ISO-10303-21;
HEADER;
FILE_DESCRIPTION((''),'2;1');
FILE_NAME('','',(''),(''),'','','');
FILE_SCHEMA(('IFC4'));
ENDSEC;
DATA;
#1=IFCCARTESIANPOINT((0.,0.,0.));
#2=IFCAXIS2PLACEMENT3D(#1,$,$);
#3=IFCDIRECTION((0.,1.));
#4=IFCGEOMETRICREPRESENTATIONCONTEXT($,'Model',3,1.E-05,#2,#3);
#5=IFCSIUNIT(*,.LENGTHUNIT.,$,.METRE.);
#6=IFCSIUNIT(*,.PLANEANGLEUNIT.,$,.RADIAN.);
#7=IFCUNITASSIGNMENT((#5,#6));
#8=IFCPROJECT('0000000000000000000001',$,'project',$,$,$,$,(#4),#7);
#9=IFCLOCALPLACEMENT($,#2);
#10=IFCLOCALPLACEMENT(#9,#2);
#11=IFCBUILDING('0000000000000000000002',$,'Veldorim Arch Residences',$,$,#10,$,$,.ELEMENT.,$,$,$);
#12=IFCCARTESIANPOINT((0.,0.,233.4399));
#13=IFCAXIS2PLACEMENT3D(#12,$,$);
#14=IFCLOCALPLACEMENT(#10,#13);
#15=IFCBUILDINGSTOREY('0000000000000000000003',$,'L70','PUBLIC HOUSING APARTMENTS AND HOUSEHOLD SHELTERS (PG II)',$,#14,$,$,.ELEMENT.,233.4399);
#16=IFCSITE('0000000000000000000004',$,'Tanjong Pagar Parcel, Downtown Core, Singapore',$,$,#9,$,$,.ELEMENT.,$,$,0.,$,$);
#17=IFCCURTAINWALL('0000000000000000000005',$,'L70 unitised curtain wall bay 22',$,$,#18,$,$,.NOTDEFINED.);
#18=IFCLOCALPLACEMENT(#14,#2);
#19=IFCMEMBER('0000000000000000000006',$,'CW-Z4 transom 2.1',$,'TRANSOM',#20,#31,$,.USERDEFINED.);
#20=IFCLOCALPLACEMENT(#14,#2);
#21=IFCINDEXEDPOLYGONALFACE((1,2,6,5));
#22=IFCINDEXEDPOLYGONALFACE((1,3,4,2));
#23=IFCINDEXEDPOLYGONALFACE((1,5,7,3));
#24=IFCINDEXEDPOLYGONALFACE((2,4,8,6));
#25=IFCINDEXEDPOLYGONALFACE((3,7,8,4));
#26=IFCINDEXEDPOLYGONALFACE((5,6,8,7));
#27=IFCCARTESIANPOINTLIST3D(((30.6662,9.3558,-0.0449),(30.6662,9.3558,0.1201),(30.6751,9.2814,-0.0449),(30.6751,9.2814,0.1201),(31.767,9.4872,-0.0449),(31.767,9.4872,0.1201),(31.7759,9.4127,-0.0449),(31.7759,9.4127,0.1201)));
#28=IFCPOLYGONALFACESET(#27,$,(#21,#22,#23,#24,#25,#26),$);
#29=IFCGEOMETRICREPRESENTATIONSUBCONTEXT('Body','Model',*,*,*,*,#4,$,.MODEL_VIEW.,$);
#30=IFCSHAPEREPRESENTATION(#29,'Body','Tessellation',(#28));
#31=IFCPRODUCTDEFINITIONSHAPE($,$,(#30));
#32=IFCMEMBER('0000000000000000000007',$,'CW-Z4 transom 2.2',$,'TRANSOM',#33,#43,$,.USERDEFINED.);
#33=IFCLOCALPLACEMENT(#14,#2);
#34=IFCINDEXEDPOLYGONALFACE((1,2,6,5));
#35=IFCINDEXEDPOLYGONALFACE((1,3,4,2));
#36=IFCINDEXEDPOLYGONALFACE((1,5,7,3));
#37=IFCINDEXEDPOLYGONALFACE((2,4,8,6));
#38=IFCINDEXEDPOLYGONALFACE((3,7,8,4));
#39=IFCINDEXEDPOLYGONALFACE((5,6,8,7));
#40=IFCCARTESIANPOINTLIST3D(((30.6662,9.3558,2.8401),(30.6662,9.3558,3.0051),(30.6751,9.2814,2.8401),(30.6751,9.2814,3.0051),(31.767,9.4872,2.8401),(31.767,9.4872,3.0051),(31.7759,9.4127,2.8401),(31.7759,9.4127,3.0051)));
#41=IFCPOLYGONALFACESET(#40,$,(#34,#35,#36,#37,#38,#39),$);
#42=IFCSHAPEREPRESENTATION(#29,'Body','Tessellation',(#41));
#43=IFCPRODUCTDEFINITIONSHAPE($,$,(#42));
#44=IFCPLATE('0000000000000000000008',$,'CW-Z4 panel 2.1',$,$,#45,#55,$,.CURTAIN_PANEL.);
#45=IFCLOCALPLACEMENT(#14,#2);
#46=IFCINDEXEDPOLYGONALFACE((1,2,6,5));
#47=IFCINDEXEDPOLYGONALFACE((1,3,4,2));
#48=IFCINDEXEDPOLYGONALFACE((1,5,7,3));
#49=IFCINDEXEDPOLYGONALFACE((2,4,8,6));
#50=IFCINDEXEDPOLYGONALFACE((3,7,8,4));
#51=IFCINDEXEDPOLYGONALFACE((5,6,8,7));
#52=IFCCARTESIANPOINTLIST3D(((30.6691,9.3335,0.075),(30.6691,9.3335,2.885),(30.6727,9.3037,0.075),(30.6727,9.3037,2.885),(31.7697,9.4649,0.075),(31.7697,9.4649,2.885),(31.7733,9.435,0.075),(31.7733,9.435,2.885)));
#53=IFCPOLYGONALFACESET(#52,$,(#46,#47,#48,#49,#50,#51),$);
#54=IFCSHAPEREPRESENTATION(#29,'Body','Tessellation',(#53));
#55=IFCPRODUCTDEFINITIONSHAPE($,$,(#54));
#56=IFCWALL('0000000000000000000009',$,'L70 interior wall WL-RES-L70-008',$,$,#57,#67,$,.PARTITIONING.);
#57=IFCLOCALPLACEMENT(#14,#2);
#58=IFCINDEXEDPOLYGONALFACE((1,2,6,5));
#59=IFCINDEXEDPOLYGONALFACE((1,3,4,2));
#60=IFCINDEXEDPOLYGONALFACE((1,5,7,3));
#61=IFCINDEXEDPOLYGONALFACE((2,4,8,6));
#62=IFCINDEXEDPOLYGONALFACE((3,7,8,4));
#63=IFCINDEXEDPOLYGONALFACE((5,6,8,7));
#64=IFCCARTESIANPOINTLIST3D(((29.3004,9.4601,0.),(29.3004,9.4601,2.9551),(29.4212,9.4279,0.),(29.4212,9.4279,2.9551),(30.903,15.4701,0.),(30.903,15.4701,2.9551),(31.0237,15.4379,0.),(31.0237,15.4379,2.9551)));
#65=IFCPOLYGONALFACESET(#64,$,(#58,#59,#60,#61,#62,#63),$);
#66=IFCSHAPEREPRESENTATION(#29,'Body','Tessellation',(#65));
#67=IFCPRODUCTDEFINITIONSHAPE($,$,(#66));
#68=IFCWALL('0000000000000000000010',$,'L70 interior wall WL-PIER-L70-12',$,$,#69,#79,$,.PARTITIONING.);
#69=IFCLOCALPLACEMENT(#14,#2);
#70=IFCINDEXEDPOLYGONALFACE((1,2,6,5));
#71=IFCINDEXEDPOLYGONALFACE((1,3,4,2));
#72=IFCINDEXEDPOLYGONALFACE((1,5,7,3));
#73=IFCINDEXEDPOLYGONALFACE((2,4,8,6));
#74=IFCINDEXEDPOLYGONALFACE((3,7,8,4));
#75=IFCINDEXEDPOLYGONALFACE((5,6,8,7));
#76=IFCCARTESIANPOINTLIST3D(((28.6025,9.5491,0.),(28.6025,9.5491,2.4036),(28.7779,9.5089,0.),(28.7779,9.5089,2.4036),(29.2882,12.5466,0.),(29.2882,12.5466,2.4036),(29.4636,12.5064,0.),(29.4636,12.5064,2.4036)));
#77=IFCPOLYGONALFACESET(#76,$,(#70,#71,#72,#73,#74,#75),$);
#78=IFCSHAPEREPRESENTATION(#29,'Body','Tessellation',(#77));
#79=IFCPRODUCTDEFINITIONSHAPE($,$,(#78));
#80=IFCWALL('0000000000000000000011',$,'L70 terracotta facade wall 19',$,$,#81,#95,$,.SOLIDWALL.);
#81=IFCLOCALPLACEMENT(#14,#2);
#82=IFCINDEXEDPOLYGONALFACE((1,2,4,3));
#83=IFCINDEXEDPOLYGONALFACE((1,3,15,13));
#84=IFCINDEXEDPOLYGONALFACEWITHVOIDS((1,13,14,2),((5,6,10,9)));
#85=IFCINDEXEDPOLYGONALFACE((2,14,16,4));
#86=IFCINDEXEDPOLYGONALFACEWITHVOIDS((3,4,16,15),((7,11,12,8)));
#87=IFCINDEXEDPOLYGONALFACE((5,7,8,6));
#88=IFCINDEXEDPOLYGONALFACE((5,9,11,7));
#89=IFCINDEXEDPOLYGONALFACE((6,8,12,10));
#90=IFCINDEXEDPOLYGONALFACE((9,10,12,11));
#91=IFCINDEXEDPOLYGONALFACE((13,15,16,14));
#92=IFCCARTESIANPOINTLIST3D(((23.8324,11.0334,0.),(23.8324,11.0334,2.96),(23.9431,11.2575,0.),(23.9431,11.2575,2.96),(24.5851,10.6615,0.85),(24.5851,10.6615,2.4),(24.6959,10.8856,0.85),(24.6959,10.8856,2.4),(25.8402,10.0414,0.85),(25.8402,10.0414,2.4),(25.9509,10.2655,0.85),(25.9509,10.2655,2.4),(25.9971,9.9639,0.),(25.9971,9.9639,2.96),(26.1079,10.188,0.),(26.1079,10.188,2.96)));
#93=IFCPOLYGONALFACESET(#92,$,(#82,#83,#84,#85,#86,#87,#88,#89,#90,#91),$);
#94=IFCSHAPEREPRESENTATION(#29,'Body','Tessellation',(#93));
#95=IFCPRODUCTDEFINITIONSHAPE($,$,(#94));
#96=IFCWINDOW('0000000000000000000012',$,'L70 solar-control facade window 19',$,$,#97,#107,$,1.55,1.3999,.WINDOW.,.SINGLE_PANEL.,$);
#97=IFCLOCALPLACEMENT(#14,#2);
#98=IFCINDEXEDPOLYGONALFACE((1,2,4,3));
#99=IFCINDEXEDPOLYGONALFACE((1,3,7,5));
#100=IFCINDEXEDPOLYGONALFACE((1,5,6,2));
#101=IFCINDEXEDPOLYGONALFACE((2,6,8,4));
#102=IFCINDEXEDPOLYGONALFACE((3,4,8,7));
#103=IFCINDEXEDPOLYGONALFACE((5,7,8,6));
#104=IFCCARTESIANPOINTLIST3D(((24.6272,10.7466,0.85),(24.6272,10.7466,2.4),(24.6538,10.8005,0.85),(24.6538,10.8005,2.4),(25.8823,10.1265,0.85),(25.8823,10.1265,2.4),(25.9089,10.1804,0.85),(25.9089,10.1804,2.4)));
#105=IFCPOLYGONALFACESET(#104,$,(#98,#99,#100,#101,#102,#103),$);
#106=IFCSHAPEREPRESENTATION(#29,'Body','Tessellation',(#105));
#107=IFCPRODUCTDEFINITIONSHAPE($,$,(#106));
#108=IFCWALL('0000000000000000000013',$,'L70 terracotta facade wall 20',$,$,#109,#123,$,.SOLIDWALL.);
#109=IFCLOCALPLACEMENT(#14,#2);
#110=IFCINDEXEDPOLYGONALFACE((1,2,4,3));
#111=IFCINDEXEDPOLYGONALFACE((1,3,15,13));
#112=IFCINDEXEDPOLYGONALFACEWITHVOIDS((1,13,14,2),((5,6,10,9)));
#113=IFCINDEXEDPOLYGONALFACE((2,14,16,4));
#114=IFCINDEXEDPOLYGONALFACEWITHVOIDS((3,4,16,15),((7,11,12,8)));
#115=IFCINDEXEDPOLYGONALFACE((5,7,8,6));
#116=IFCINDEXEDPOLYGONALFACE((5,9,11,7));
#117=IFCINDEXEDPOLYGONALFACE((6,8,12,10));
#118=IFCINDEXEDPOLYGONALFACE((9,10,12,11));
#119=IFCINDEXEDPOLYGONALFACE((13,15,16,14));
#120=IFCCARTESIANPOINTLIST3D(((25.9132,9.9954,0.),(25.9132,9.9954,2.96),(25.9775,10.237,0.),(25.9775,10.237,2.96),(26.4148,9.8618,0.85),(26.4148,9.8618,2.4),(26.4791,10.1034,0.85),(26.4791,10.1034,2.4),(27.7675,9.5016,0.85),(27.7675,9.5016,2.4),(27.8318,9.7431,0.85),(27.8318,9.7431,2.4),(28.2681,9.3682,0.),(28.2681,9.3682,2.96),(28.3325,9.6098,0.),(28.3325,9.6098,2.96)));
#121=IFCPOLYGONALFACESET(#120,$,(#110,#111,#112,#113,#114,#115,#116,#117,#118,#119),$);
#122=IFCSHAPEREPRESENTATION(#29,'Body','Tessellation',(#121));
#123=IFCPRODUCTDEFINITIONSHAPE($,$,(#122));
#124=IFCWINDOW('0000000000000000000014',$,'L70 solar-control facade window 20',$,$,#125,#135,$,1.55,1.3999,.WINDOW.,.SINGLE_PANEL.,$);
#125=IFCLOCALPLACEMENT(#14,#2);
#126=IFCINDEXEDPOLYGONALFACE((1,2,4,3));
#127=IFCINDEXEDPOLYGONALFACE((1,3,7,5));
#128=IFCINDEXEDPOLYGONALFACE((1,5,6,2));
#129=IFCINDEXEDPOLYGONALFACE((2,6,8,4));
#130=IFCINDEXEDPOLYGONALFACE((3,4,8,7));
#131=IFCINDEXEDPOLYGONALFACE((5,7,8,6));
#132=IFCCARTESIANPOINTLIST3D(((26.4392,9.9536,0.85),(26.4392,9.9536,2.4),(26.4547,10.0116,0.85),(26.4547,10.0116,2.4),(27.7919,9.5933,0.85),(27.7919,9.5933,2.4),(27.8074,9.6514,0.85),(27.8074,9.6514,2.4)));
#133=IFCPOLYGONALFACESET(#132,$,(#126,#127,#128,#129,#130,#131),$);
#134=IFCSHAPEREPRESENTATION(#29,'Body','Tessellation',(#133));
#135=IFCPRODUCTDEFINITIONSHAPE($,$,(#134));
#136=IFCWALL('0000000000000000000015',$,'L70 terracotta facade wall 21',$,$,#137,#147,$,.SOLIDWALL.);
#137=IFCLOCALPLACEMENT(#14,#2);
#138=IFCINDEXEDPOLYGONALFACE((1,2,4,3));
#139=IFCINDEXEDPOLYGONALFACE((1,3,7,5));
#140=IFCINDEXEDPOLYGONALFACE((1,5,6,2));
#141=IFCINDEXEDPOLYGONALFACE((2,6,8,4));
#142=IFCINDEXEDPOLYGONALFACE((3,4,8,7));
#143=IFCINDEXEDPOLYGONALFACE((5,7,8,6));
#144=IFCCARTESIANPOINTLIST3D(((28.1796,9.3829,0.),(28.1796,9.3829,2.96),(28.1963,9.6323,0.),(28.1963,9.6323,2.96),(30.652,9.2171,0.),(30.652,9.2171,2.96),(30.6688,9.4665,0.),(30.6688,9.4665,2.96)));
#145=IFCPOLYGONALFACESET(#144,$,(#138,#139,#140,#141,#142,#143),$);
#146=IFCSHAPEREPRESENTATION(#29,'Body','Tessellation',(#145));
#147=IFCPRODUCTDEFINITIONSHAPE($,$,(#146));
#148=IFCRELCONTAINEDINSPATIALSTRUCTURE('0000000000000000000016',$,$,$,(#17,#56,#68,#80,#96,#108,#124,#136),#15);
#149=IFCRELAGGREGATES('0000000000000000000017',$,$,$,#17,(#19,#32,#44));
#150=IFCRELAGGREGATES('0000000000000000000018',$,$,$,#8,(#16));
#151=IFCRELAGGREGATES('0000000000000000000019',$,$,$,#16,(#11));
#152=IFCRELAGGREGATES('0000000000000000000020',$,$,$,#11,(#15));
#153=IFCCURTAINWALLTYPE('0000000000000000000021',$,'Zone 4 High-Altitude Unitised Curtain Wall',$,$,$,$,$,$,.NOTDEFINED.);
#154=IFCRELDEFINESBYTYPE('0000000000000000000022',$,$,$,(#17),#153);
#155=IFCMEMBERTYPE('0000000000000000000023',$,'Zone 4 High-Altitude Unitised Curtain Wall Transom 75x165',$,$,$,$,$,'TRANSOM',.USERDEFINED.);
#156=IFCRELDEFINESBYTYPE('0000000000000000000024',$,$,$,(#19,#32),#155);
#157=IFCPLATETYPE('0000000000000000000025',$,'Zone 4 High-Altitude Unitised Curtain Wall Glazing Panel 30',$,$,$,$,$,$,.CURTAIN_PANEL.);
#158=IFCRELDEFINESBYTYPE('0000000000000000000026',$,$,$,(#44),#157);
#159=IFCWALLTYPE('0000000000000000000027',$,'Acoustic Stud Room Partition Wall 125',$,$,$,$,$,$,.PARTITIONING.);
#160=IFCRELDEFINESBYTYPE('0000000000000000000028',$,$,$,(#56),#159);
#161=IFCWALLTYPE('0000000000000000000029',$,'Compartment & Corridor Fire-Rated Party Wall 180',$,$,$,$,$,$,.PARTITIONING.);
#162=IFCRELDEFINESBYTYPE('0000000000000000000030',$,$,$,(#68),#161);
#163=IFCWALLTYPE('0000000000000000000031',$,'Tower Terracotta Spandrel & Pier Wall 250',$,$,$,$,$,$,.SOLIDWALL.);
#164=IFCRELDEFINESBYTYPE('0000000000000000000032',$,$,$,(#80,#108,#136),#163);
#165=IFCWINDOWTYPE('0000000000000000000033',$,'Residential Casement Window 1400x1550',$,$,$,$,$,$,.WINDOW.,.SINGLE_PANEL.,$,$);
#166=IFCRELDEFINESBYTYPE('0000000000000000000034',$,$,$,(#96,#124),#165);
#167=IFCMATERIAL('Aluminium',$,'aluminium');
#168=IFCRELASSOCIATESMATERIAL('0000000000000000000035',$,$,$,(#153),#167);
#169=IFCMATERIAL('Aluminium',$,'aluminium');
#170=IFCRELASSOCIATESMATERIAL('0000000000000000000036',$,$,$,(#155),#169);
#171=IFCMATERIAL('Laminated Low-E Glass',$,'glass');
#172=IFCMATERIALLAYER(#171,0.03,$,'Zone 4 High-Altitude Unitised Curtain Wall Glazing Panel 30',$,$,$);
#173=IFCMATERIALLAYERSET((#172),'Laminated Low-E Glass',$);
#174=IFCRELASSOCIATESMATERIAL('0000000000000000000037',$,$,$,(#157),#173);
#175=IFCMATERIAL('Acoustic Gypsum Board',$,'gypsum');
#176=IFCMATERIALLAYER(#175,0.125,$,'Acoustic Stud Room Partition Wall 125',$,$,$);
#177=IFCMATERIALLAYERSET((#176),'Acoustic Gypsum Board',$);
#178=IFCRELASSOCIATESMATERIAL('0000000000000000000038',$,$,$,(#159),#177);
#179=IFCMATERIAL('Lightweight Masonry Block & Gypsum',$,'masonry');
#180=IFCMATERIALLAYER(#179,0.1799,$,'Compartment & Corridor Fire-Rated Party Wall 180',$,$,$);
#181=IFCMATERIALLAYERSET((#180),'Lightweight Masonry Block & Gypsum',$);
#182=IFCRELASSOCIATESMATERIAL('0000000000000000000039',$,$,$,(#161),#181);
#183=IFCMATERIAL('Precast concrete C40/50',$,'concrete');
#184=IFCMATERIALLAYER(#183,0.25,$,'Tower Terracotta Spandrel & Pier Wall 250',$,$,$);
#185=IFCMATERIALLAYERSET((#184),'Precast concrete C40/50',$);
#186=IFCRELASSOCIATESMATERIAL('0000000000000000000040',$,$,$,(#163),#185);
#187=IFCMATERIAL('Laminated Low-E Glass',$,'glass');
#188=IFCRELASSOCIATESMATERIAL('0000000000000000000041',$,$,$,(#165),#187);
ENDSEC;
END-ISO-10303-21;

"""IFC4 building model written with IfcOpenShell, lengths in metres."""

from ifc_helpers import new_model, si_unit, direction, frame, frame_2d, origin, origin_2d, place, context, subcontext, project, spatial, rectangle, extrude, material, layer, layer_set, material_profile, profile_set, type_object, element, fill, aggregate, save


model = new_model("IFC4")

# Units and contexts
model_context = context("Model", 3, precision=1e-05, world=origin(), true_north=direction((0.0, 1.0)))
body_context = subcontext(model_context, "Body", "Model", "MODEL_VIEW")
ifc_project = project(units=[si_unit("LENGTHUNIT", "METRE"), si_unit("PLANEANGLEUNIT", "RADIAN")], contexts=[model_context])

# Site, building, storey
site_placement = place(None, origin())
site = spatial("IfcSite", under=ifc_project, at=site_placement, Name="Tanjong Pagar Parcel, Downtown Core, Singapore", CompositionType="ELEMENT", RefElevation=0.0)
building_placement = place(site_placement, origin())
building = spatial("IfcBuilding", under=site, at=building_placement, Name="Veldorim Arch Residences", CompositionType="ELEMENT")
storey_placement = place(building_placement, frame((0.0, 0.0, 233.4399)))
storey = spatial("IfcBuildingStorey", under=building, at=storey_placement, Name="L70", Description="PUBLIC HOUSING APARTMENTS AND HOUSEHOLD SHELTERS (PG II)", CompositionType="ELEMENT", Elevation=233.4399)

# Curtain wall, members, plate
ifc_material_1 = material(Name="Aluminium", Category="aluminium")
curtain_wall_type = type_object("IfcCurtainWallType", Name="Zone 4 High-Altitude Unitised Curtain Wall", PredefinedType="NOTDEFINED", material=ifc_material_1)
curtain_wall_placement = place(storey_placement, origin())
curtain_wall = element("IfcCurtainWall", 1, at=curtain_wall_placement, inside=storey, type_object=curtain_wall_type, Name="L70 unitised curtain wall bay 22", PredefinedType="NOTDEFINED")
ifc_material_2 = material(Name="Aluminium", Category="aluminium")
ifc_material_profile_1 = material_profile(ifc_material_2, rectangle(XDim=0.075, YDim=0.165, at=origin_2d()), Name="ALU_TRN_75x165")
ifc_profile_set_1 = profile_set([ifc_material_profile_1], Name="Aluminium")
member_type_1 = type_object("IfcMemberType", Name="Zone 4 High-Altitude Unitised Curtain Wall Transom 75x165", ElementType="TRANSOM", PredefinedType="USERDEFINED", material=ifc_profile_set_1)
member_1_placement = place(storey_placement, frame((31.7715, 9.45, 0.0376), z_axis=(-0.992957, -0.118477, 0.0), x_axis=(0.118477, -0.992957, 0.0)))
member_1 = element("IfcMember", 2, at=member_1_placement, type_object=member_type_1, Name="CW-Z4 transom 2.1", ObjectType="TRANSOM", PredefinedType="USERDEFINED", context=body_context, shape_type="SweptSolid", body=[
    extrude(rectangle(XDim=0.075, YDim=0.165, at=origin_2d()), origin(), (0.0, 0.0, 1.0), 1.1086),
])
member_2_placement = place(storey_placement, frame((31.7715, 9.45, 2.9226), z_axis=(-0.992957, -0.118477, 0.0), x_axis=(0.118477, -0.992957, 0.0)))
member_2 = element("IfcMember", 3, at=member_2_placement, type_object=member_type_1, Name="CW-Z4 transom 2.2", ObjectType="TRANSOM", PredefinedType="USERDEFINED", context=body_context, shape_type="SweptSolid", body=[
    extrude(rectangle(XDim=0.075, YDim=0.165, at=origin_2d()), origin(), (0.0, 0.0, 1.0), 1.1086),
])
ifc_material_3 = material(Name="Laminated Low-E Glass", Category="glass")
ifc_layer_1 = layer(ifc_material_3, 0.03, Name="Zone 4 High-Altitude Unitised Curtain Wall Glazing Panel 30")
ifc_layer_set_1 = layer_set([ifc_layer_1], Name="Laminated Low-E Glass")
plate_type = type_object("IfcPlateType", Name="Zone 4 High-Altitude Unitised Curtain Wall Glazing Panel 30", PredefinedType="CURTAIN_PANEL", material=ifc_layer_set_1)
plate_placement = place(storey_placement, frame((31.2212, 9.3843, 0.075), z_axis=(0.0, 0.0, 1.0), x_axis=(-0.992953, -0.118509, 0.0)))
plate = element("IfcPlate", 4, at=plate_placement, type_object=plate_type, Name="CW-Z4 panel 2.1", PredefinedType="CURTAIN_PANEL", context=body_context, shape_type="SweptSolid", body=[
    extrude(rectangle(XDim=1.1084, YDim=0.03, at=origin_2d()), origin(), (0.0, 0.0, 1.0), 2.8101),
])
aggregate(curtain_wall, [member_1, member_2, plate])

# Walls
ifc_material_4 = material(Name="Acoustic Gypsum Board", Category="gypsum")
ifc_layer_2 = layer(ifc_material_4, 0.125, Name="Acoustic Stud Room Partition Wall 125")
ifc_layer_set_2 = layer_set([ifc_layer_2], Name="Acoustic Gypsum Board")
wall_type_1 = type_object("IfcWallType", Name="Acoustic Stud Room Partition Wall 125", PredefinedType="PARTITIONING", material=ifc_layer_set_2)
wall_1_placement = place(storey_placement, frame((29.3608, 9.4441, 0.0), z_axis=(0.0, 0.0, 1.0), x_axis=(0.257643, 0.96624, 0.0)))
element("IfcWall", 5, at=wall_1_placement, inside=storey, type_object=wall_type_1, Name="L70 interior wall WL-RES-L70-008", PredefinedType="PARTITIONING", context=body_context, shape_type="SweptSolid", body=[
    extrude(rectangle(XDim=6.22, YDim=0.125, at=frame_2d((3.1099, 0.0))), origin(), (0.0, 0.0, 1.0), 2.9551),
])
ifc_material_5 = material(Name="Lightweight Masonry Block & Gypsum", Category="masonry")
ifc_layer_3 = layer(ifc_material_5, 0.1799, Name="Compartment & Corridor Fire-Rated Party Wall 180")
ifc_layer_set_3 = layer_set([ifc_layer_3], Name="Lightweight Masonry Block & Gypsum")
wall_type_2 = type_object("IfcWallType", Name="Compartment & Corridor Fire-Rated Party Wall 180", PredefinedType="PARTITIONING", material=ifc_layer_set_3)
wall_2_placement = place(storey_placement, frame((29.376, 12.5266, 0.0), z_axis=(0.0, 0.0, 1.0), x_axis=(-0.223021, -0.974814, 0.0)))
element("IfcWall", 6, at=wall_2_placement, inside=storey, type_object=wall_type_2, Name="L70 interior wall WL-PIER-L70-12", PredefinedType="PARTITIONING", context=body_context, shape_type="SweptSolid", body=[
    extrude(rectangle(XDim=3.075, YDim=0.1799, at=frame_2d((1.5376, 0.0))), origin(), (0.0, 0.0, 1.0), 2.4036),
])

# Walls, openings, windows
ifc_material_6 = material(Name="Precast concrete C40/50", Category="concrete")
ifc_layer_4 = layer(ifc_material_6, 0.25, Name="Tower Terracotta Spandrel & Pier Wall 250")
ifc_layer_set_4 = layer_set([ifc_layer_4], Name="Precast concrete C40/50")
wall_type_3 = type_object("IfcWallType", Name="Tower Terracotta Spandrel & Pier Wall 250", PredefinedType="SOLIDWALL", material=ifc_layer_set_4)
wall_3_placement = place(storey_placement, frame((26.0525, 10.0759, 0.0), z_axis=(0.0, 0.0, 1.0), x_axis=(-0.89654, 0.442962, 0.0)))
wall_3 = element("IfcWall", 7, at=wall_3_placement, inside=storey, type_object=wall_type_3, Name="L70 terracotta facade wall 19", PredefinedType="SOLIDWALL", context=body_context, shape_type="SweptSolid", body=[
    extrude(rectangle(XDim=2.4146, YDim=0.25, at=frame_2d((1.2073, 0.0))), origin(), (0.0, 0.0, 1.0), 2.96),
])
opening_1_placement = place(wall_3_placement, frame((0.175, 0.0, 0.8501)))
opening_1 = element("IfcOpeningElement", 8, at=opening_1_placement, cuts=wall_3, PredefinedType="OPENING", context=body_context, shape_type="SweptSolid", body=[
    extrude(rectangle(XDim=1.3999, YDim=1.55, at=frame_2d((0.7, 0.7749))), frame((0.0, 0.135, 0.0), z_axis=(0.0, -1.0, 0.0), x_axis=(1.0, 0.0, 0.0)), (0.0, 0.0, 1.0), 0.27),
])
ifc_material_7 = material(Name="Laminated Low-E Glass", Category="glass")
window_type = type_object("IfcWindowType", Name="Residential Casement Window 1400x1550", PartitioningType="SINGLE_PANEL", PredefinedType="WINDOW", material=ifc_material_7)
window_1_placement = place(opening_1_placement, origin())
window_1 = element("IfcWindow", 9, at=window_1_placement, inside=storey, type_object=window_type, Name="L70 solar-control facade window 19", OverallHeight=1.55, OverallWidth=1.3999, PartitioningType="SINGLE_PANEL", PredefinedType="WINDOW", context=body_context, shape_type="SweptSolid", body=[
    extrude(rectangle(XDim=1.3999, YDim=1.55, at=frame_2d((0.7, 0.7749))), frame((0.0, 0.03, 0.0), z_axis=(0.0, -1.0, 0.0), x_axis=(1.0, 0.0, 0.0)), (0.0, 0.0, 1.0), 0.0601),
])
fill(opening_1, window_1)
wall_4_placement = place(storey_placement, frame((28.3003, 9.489, 0.0), z_axis=(0.0, 0.0, 1.0), x_axis=(-0.966316, 0.257357, 0.0)))
wall_4 = element("IfcWall", 10, at=wall_4_placement, inside=storey, type_object=wall_type_3, Name="L70 terracotta facade wall 20", PredefinedType="SOLIDWALL", context=body_context, shape_type="SweptSolid", body=[
    extrude(rectangle(XDim=2.437, YDim=0.25, at=frame_2d((1.2185, 0.0))), origin(), (0.0, 0.0, 1.0), 2.96),
])
opening_2_placement = place(wall_4_placement, frame((0.5181, 0.0, 0.8501)))
opening_2 = element("IfcOpeningElement", 11, at=opening_2_placement, cuts=wall_4, PredefinedType="OPENING", context=body_context, shape_type="SweptSolid", body=[
    extrude(rectangle(XDim=1.3999, YDim=1.55, at=frame_2d((0.7, 0.7749))), frame((0.0, 0.135, 0.0), z_axis=(0.0, -1.0, 0.0), x_axis=(1.0, 0.0, 0.0)), (0.0, 0.0, 1.0), 0.27),
])
window_2_placement = place(opening_2_placement, origin())
window_2 = element("IfcWindow", 12, at=window_2_placement, inside=storey, type_object=window_type, Name="L70 solar-control facade window 20", OverallHeight=1.55, OverallWidth=1.3999, PartitioningType="SINGLE_PANEL", PredefinedType="WINDOW", context=body_context, shape_type="SweptSolid", body=[
    extrude(rectangle(XDim=1.3999, YDim=1.55, at=frame_2d((0.7, 0.7749))), frame((0.0, 0.03, 0.0), z_axis=(0.0, -1.0, 0.0), x_axis=(1.0, 0.0, 0.0)), (0.0, 0.0, 1.0), 0.0601),
])
fill(opening_2, window_2)

# Wall
wall_5_placement = place(storey_placement, frame((30.6604, 9.3418, 0.0), z_axis=(0.0, 0.0, 1.0), x_axis=(-0.99776, 0.066898, 0.0)))
element("IfcWall", 13, at=wall_5_placement, inside=storey, type_object=wall_type_3, Name="L70 terracotta facade wall 21", PredefinedType="SOLIDWALL", context=body_context, shape_type="SweptSolid", body=[
    extrude(rectangle(XDim=2.478, YDim=0.25, at=frame_2d((1.239, 0.0))), origin(), (0.0, 0.0, 1.0), 2.96),
])

save(model, "model.ifc")
